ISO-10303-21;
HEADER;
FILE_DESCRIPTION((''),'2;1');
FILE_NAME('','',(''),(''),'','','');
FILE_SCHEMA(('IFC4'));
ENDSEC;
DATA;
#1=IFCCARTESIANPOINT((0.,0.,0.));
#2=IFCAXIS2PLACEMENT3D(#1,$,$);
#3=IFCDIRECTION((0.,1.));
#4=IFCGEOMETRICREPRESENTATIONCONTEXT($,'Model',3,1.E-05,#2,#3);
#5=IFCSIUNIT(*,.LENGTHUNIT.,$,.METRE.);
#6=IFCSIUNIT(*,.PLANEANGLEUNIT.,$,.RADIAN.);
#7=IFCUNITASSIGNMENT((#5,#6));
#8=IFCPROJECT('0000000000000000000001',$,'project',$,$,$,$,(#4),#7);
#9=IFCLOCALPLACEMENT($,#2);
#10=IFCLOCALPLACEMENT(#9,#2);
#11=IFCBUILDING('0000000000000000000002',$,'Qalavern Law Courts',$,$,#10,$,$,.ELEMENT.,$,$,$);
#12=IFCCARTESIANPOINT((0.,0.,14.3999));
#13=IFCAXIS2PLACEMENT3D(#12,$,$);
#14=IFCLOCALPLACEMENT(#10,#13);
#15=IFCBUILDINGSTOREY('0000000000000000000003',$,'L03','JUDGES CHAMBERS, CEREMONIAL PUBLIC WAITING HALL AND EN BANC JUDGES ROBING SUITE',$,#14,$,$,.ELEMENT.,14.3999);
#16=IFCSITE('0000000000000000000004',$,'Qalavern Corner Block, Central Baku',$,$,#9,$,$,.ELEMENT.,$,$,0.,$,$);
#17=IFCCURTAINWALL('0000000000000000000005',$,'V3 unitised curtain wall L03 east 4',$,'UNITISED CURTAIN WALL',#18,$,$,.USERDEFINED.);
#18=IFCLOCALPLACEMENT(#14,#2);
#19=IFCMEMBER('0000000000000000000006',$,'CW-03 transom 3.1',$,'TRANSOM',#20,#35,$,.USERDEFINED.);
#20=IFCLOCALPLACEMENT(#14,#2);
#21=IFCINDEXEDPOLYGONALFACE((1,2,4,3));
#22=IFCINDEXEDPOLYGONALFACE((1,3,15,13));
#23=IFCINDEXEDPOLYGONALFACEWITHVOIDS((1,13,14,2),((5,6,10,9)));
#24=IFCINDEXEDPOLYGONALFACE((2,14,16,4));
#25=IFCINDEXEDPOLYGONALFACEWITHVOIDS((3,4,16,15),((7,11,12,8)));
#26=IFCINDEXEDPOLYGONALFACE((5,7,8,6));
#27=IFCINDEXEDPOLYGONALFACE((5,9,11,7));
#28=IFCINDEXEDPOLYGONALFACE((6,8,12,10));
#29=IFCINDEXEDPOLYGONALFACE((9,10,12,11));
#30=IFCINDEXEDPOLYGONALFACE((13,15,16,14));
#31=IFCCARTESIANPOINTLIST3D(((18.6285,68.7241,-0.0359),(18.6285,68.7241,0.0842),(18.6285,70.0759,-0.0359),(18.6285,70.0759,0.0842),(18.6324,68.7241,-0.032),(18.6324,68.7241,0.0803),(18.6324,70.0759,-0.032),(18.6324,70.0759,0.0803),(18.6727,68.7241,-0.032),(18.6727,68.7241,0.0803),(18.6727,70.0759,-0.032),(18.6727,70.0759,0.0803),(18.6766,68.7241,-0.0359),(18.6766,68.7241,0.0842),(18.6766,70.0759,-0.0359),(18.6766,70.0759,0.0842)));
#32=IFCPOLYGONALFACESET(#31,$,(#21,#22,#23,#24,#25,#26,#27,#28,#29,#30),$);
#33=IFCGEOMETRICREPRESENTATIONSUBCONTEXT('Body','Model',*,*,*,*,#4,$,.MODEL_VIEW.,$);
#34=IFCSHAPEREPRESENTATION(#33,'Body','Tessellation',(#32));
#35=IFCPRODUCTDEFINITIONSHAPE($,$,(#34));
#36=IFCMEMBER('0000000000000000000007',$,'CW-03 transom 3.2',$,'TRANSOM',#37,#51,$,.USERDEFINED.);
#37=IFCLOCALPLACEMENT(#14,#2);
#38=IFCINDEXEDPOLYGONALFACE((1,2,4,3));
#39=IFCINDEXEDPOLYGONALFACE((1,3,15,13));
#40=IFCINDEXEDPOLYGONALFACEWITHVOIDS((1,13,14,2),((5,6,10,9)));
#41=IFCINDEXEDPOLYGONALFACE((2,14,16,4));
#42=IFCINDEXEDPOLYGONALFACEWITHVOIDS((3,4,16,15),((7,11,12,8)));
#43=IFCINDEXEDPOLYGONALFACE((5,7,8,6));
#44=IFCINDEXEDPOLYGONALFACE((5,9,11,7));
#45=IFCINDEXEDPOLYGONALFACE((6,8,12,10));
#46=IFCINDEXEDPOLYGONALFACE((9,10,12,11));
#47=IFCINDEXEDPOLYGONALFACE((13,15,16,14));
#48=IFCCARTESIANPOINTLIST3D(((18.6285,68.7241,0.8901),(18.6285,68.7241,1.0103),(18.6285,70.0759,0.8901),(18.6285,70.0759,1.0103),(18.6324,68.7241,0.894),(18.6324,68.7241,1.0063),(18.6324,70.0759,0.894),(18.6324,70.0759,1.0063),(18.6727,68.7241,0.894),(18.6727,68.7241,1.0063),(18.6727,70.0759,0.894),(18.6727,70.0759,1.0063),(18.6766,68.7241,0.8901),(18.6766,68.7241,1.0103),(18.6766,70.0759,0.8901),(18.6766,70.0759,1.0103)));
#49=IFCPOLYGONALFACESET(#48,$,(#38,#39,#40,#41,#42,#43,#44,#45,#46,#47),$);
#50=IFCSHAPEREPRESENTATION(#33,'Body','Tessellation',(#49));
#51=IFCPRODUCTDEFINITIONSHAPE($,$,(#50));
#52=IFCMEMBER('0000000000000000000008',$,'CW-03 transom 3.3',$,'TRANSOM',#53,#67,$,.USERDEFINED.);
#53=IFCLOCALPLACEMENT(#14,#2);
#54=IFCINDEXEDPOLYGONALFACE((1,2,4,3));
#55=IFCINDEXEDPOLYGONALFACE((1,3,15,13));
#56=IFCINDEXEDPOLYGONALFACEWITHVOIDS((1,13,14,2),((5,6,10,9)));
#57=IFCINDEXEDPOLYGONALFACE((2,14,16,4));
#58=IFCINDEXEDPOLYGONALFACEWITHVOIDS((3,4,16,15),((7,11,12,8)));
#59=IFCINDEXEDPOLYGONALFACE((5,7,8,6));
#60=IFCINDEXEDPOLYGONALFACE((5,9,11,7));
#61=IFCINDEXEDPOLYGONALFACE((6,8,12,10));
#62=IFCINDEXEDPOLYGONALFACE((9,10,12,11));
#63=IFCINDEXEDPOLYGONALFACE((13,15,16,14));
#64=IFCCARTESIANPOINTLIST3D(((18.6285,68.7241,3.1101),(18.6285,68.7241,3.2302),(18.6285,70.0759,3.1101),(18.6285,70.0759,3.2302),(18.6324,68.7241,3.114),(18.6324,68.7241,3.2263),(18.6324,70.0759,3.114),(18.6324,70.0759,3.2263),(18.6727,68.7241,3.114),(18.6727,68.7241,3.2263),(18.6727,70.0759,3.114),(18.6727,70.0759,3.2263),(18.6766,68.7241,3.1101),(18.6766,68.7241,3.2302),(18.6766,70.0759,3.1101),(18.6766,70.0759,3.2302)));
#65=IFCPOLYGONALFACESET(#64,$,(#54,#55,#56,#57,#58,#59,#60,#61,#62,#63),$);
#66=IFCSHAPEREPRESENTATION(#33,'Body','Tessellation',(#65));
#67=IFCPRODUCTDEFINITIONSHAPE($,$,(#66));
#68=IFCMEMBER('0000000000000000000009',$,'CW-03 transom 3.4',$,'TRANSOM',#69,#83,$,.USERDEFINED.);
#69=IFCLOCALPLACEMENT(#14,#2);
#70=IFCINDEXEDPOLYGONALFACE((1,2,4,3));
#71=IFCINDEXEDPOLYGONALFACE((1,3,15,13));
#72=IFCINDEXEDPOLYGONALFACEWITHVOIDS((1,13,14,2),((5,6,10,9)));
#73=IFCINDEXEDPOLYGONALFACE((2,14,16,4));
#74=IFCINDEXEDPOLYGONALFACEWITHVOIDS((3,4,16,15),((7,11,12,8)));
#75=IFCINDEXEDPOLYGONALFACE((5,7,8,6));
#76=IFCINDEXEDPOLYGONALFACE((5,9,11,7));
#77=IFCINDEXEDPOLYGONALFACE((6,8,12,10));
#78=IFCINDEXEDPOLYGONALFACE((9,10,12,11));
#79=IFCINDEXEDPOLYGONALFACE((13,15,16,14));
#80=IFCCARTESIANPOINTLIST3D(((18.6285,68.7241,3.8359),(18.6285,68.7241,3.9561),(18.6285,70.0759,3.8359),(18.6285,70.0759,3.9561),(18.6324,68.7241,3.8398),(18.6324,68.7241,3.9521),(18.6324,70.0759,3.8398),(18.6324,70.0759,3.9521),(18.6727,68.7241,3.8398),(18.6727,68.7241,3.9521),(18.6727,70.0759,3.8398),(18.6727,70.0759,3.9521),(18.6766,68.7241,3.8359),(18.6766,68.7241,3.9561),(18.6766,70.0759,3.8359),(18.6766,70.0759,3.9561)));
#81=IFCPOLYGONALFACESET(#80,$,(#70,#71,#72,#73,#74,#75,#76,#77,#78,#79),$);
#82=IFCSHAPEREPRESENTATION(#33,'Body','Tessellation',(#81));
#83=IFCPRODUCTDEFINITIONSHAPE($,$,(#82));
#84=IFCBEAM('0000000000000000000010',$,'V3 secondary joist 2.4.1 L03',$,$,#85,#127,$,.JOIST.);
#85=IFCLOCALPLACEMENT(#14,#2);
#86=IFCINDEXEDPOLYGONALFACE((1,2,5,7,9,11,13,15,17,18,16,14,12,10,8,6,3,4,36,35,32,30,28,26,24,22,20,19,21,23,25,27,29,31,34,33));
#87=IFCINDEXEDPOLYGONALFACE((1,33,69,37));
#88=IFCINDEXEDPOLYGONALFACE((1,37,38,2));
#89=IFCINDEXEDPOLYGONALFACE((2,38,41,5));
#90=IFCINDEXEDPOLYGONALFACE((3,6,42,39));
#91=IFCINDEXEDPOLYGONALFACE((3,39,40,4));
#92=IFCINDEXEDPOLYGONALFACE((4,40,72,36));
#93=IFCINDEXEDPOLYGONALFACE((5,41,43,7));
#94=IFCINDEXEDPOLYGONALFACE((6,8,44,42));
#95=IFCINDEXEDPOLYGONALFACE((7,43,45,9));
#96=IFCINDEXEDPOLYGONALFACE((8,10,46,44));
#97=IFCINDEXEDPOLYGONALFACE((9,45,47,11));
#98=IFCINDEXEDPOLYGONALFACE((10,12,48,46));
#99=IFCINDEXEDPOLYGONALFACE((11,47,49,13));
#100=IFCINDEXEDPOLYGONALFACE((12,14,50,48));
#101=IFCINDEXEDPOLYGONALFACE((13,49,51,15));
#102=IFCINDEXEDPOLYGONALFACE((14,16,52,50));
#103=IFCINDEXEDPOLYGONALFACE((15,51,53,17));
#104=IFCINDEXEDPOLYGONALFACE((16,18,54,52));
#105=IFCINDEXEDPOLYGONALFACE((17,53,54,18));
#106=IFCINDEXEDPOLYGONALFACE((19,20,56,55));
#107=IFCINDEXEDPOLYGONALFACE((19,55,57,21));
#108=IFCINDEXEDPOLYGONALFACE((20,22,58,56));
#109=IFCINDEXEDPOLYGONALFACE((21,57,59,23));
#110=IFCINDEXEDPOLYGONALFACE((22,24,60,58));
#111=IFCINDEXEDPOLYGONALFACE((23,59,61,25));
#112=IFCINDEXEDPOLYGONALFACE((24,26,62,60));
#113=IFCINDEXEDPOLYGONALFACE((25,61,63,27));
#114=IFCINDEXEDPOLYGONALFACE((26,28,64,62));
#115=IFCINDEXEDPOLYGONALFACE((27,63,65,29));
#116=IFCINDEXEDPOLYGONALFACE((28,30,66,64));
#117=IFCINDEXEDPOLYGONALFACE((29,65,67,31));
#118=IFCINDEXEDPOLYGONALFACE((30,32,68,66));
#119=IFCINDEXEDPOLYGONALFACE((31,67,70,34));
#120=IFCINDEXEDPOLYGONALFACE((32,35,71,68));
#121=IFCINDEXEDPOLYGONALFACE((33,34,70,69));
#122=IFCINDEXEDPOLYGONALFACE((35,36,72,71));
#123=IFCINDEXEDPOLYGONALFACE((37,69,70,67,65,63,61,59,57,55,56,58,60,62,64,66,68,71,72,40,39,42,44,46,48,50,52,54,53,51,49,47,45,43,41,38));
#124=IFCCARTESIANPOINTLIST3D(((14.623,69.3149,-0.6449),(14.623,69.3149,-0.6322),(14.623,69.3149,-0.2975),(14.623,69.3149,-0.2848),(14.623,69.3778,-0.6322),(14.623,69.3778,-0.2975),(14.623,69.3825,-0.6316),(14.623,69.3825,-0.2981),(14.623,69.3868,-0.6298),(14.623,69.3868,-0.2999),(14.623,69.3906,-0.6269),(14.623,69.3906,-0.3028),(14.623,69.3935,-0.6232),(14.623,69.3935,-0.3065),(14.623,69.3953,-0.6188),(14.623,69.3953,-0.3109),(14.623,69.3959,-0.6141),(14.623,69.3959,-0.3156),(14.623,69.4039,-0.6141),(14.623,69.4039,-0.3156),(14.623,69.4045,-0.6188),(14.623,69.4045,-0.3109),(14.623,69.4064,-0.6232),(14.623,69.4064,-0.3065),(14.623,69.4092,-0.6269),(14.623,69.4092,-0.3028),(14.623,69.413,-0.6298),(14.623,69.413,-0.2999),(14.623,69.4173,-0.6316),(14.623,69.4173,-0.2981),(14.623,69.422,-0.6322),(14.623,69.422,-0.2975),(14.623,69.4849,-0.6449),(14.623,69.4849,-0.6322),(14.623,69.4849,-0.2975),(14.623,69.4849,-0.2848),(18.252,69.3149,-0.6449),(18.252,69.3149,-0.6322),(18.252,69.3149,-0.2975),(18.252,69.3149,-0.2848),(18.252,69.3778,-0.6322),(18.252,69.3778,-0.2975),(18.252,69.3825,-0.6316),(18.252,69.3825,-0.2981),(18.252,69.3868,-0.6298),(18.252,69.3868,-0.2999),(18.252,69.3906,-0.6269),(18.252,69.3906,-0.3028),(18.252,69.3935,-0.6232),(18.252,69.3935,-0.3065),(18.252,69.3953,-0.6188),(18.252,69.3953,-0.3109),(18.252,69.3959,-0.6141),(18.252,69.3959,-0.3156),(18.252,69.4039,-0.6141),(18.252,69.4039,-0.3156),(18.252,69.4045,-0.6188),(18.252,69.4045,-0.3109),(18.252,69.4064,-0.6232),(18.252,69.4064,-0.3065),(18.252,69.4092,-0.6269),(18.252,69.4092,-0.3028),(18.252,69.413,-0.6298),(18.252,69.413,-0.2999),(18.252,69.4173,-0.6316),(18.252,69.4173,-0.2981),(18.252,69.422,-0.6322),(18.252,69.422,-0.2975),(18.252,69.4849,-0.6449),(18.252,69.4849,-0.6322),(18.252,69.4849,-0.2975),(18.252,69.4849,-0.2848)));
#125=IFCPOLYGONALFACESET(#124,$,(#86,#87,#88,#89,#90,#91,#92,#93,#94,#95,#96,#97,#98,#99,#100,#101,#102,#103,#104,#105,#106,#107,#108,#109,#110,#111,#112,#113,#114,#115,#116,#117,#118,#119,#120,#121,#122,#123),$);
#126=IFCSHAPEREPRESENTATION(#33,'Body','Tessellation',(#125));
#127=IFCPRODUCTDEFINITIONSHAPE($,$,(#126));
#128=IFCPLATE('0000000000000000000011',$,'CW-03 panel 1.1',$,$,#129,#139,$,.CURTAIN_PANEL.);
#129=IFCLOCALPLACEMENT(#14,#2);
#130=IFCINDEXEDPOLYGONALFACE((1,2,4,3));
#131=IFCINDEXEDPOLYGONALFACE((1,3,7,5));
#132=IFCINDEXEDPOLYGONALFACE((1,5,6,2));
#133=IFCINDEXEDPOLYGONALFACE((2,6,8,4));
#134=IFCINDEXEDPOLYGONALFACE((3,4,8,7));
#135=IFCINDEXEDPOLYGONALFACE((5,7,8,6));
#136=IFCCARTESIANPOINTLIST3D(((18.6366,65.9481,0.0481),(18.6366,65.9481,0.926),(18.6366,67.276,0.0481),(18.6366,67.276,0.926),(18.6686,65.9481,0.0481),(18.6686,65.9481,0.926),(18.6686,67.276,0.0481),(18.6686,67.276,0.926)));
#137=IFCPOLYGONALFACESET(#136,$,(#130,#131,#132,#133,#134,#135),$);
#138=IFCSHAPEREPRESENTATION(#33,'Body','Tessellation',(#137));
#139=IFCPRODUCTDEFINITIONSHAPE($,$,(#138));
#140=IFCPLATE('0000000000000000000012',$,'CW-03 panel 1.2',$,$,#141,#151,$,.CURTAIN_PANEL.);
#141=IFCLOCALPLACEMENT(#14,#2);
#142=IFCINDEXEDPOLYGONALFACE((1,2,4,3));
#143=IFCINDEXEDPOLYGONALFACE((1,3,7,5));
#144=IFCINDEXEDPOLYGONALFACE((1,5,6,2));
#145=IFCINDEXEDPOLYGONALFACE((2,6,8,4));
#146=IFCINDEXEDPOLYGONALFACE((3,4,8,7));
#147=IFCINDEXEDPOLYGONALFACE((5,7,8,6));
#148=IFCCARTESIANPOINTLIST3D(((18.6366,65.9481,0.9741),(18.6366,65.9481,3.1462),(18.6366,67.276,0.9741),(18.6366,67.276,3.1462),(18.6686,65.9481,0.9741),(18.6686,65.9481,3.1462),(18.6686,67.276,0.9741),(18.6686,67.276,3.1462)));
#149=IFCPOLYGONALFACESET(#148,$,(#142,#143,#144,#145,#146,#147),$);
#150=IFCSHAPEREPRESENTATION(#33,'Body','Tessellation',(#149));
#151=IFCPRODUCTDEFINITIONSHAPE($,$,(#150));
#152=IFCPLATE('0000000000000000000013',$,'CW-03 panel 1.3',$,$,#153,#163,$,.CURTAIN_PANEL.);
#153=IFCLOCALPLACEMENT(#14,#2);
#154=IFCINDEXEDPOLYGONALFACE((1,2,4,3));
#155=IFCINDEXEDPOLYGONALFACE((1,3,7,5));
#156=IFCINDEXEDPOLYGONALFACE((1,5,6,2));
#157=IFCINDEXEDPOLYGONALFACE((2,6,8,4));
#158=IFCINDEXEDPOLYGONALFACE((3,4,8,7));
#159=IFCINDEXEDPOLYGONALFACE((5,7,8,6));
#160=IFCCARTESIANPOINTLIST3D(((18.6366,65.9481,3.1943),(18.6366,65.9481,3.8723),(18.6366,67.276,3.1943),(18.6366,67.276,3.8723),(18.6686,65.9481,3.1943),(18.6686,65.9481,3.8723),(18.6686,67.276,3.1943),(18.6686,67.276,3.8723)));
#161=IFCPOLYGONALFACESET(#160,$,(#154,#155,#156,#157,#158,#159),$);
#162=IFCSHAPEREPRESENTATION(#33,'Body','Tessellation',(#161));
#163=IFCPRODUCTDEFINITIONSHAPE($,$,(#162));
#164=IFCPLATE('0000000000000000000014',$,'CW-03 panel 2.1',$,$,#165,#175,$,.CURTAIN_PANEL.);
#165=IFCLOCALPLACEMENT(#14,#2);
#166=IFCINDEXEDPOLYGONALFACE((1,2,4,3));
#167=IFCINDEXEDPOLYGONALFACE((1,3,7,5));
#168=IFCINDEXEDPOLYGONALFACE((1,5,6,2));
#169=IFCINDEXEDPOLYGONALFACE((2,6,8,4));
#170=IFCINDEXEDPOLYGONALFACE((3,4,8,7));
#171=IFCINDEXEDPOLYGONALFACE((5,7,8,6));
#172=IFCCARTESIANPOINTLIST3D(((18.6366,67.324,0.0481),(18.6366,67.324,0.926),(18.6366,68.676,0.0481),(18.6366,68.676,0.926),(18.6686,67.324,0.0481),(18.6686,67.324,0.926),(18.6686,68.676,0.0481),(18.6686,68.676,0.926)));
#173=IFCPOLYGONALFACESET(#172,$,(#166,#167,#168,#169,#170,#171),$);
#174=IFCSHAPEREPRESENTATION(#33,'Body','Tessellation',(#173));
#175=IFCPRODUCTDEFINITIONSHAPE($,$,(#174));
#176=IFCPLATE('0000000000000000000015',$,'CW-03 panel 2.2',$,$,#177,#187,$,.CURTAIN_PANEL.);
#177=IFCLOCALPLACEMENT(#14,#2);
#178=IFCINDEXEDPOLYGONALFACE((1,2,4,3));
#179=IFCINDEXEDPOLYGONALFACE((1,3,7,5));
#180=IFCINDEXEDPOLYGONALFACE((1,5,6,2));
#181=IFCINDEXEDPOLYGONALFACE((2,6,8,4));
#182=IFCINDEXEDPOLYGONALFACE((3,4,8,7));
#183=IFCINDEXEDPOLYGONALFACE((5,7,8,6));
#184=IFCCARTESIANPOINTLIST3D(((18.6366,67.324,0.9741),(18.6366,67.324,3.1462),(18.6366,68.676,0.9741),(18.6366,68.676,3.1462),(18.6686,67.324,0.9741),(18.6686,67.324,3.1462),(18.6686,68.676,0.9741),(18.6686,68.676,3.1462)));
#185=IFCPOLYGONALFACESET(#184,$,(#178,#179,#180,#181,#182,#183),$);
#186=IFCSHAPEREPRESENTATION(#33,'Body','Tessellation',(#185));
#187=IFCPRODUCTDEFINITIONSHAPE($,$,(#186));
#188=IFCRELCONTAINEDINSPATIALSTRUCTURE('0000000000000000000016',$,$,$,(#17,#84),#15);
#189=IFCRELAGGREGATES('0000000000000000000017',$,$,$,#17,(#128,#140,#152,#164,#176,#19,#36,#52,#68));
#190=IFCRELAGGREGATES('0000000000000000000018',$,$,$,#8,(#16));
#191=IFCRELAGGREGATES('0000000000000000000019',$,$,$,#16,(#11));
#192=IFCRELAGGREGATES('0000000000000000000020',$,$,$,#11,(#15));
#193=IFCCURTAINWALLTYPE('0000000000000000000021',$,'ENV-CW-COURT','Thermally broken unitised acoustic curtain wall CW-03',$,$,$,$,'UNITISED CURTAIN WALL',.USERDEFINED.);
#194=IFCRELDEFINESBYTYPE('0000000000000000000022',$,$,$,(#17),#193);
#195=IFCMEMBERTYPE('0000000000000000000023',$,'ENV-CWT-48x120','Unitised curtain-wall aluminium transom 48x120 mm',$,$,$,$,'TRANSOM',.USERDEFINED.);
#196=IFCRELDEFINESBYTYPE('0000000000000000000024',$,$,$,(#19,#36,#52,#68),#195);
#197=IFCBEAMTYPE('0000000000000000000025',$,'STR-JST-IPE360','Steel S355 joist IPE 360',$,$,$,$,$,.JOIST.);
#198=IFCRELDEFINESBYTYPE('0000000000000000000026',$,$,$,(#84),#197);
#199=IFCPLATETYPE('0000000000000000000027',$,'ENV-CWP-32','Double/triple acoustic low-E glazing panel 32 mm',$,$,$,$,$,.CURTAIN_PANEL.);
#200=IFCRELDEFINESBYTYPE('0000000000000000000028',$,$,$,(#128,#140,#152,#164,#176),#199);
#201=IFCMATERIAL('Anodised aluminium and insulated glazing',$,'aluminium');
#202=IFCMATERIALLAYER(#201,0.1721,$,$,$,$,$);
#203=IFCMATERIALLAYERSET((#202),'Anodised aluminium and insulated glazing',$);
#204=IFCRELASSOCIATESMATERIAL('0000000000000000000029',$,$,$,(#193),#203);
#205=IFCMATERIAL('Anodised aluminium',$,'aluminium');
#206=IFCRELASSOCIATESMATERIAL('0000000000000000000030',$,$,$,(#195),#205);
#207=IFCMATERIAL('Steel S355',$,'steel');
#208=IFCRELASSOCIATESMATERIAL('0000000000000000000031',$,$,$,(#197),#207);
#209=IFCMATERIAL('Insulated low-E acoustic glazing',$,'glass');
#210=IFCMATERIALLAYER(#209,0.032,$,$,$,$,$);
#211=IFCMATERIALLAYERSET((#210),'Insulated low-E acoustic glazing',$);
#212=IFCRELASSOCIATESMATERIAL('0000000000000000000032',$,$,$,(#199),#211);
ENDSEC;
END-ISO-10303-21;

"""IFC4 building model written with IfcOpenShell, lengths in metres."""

from ifc_helpers import new_model, si_unit, direction, frame, origin, origin_2d, place, context, subcontext, project, spatial, rectangle, hollow_rectangle, i_section, extrude, material, layer, layer_set, material_profile, profile_set, type_object, element, aggregate, save


model = new_model("IFC4")

# Units and contexts
model_context = context("Model", 3, precision=1e-05, world=origin(), true_north=direction((0.0, 1.0)))
body_context = subcontext(model_context, "Body", "Model", "MODEL_VIEW")
ifc_project = project(units=[si_unit("LENGTHUNIT", "METRE"), si_unit("PLANEANGLEUNIT", "RADIAN")], contexts=[model_context])

# Site, building, storey
site_placement = place(None, origin())
site = spatial("IfcSite", under=ifc_project, at=site_placement, Name="Qalavern Corner Block, Central Baku", CompositionType="ELEMENT", RefElevation=0.0)
building_placement = place(site_placement, origin())
building = spatial("IfcBuilding", under=site, at=building_placement, Name="Qalavern Law Courts", CompositionType="ELEMENT")
storey_placement = place(building_placement, frame((0.0, 0.0, 14.3999)))
storey = spatial("IfcBuildingStorey", under=building, at=storey_placement, Name="L03", Description="JUDGES CHAMBERS, CEREMONIAL PUBLIC WAITING HALL AND EN BANC JUDGES ROBING SUITE", CompositionType="ELEMENT", Elevation=14.3999)

# Curtain wall, members
ifc_material_1 = material(Name="Anodised aluminium and insulated glazing", Category="aluminium")
ifc_layer_1 = layer(ifc_material_1, 0.1721)
ifc_layer_set_1 = layer_set([ifc_layer_1], Name="Anodised aluminium and insulated glazing")
curtain_wall_type = type_object("IfcCurtainWallType", Name="ENV-CW-COURT", Description="Thermally broken unitised acoustic curtain wall CW-03", ElementType="UNITISED CURTAIN WALL", PredefinedType="USERDEFINED", material=ifc_layer_set_1)
curtain_wall_placement = place(storey_placement, origin())
curtain_wall = element("IfcCurtainWall", 1, at=curtain_wall_placement, inside=storey, type_object=curtain_wall_type, Name="V3 unitised curtain wall L03 east 4", ObjectType="UNITISED CURTAIN WALL", PredefinedType="USERDEFINED")
ifc_material_2 = material(Name="Anodised aluminium", Category="aluminium")
ifc_material_profile_1 = material_profile(ifc_material_2, hollow_rectangle(XDim=0.0481, YDim=0.1201, WallThickness=0.0039, at=origin_2d()), Name="ALU TRANSOM 48x120")
ifc_profile_set_1 = profile_set([ifc_material_profile_1], Name="Anodised aluminium")
member_type_1 = type_object("IfcMemberType", Name="ENV-CWT-48x120", Description="Unitised curtain-wall aluminium transom 48x120 mm", ElementType="TRANSOM", PredefinedType="USERDEFINED", material=ifc_profile_set_1)
member_1_placement = place(storey_placement, frame((18.6526, 68.7241, 0.0242), z_axis=(0.0, 1.0, 0.0), x_axis=(-1.0, 0.0, 0.0)))
member_1 = element("IfcMember", 2, at=member_1_placement, type_object=member_type_1, Name="CW-03 transom 3.1", ObjectType="TRANSOM", PredefinedType="USERDEFINED", context=body_context, shape_type="SweptSolid", body=[
    extrude(hollow_rectangle(XDim=0.0481, YDim=0.1201, WallThickness=0.0039, at=origin_2d()), origin(), (0.0, 0.0, 1.0), 1.3518),
])
member_2_placement = place(storey_placement, frame((18.6526, 68.7241, 0.9502), z_axis=(0.0, 1.0, 0.0), x_axis=(-1.0, 0.0, 0.0)))
member_2 = element("IfcMember", 3, at=member_2_placement, type_object=member_type_1, Name="CW-03 transom 3.2", ObjectType="TRANSOM", PredefinedType="USERDEFINED", context=body_context, shape_type="SweptSolid", body=[
    extrude(hollow_rectangle(XDim=0.0481, YDim=0.1201, WallThickness=0.0039, at=origin_2d()), origin(), (0.0, 0.0, 1.0), 1.3518),
])
member_3_placement = place(storey_placement, frame((18.6526, 68.7241, 3.1702), z_axis=(0.0, 1.0, 0.0), x_axis=(-1.0, 0.0, 0.0)))
member_3 = element("IfcMember", 4, at=member_3_placement, type_object=member_type_1, Name="CW-03 transom 3.3", ObjectType="TRANSOM", PredefinedType="USERDEFINED", context=body_context, shape_type="SweptSolid", body=[
    extrude(hollow_rectangle(XDim=0.0481, YDim=0.1201, WallThickness=0.0039, at=origin_2d()), origin(), (0.0, 0.0, 1.0), 1.3518),
])
member_4_placement = place(storey_placement, frame((18.6526, 68.7241, 3.896), z_axis=(0.0, 1.0, 0.0), x_axis=(-1.0, 0.0, 0.0)))
member_4 = element("IfcMember", 5, at=member_4_placement, type_object=member_type_1, Name="CW-03 transom 3.4", ObjectType="TRANSOM", PredefinedType="USERDEFINED", context=body_context, shape_type="SweptSolid", body=[
    extrude(hollow_rectangle(XDim=0.0481, YDim=0.1201, WallThickness=0.0039, at=origin_2d()), origin(), (0.0, 0.0, 1.0), 1.3518),
])

# Beam
ifc_material_3 = material(Name="Steel S355", Category="steel")
ifc_material_profile_2 = material_profile(ifc_material_3, i_section(OverallWidth=0.1699, OverallDepth=0.3601, WebThickness=0.0081, FlangeThickness=0.0127, FilletRadius=0.0181, at=origin_2d()), Name="IPE 360")
ifc_profile_set_2 = profile_set([ifc_material_profile_2], Name="Steel S355")
beam_type = type_object("IfcBeamType", Name="STR-JST-IPE360", Description="Steel S355 joist IPE 360", PredefinedType="JOIST", material=ifc_profile_set_2)
beam_placement = place(storey_placement, frame((14.623, 69.3999, -0.4648), z_axis=(1.0, 0.0, 0.0), x_axis=(0.0, 1.0, 0.0)))
element("IfcBeam", 6, at=beam_placement, inside=storey, type_object=beam_type, Name="V3 secondary joist 2.4.1 L03", PredefinedType="JOIST", context=body_context, shape_type="SweptSolid", body=[
    extrude(i_section(OverallWidth=0.1699, OverallDepth=0.3601, WebThickness=0.0081, FlangeThickness=0.0127, FilletRadius=0.0181, at=origin_2d()), origin(), (0.0, 0.0, 1.0), 3.6289),
])

# Plates
ifc_material_4 = material(Name="Insulated low-E acoustic glazing", Category="glass")
ifc_layer_2 = layer(ifc_material_4, 0.032)
ifc_layer_set_2 = layer_set([ifc_layer_2], Name="Insulated low-E acoustic glazing")
plate_type = type_object("IfcPlateType", Name="ENV-CWP-32", Description="Double/triple acoustic low-E glazing panel 32 mm", PredefinedType="CURTAIN_PANEL", material=ifc_layer_set_2)
plate_1_placement = place(storey_placement, frame((18.6526, 66.6121, 0.0481), z_axis=(0.0, 0.0, 1.0), x_axis=(0.0, 1.0, 0.0)))
plate_1 = element("IfcPlate", 7, at=plate_1_placement, type_object=plate_type, Name="CW-03 panel 1.1", PredefinedType="CURTAIN_PANEL", context=body_context, shape_type="SweptSolid", body=[
    extrude(rectangle(XDim=1.3279, YDim=0.032, at=origin_2d()), origin(), (0.0, 0.0, 1.0), 0.8779),
])
plate_2_placement = place(storey_placement, frame((18.6526, 66.6121, 0.9741), z_axis=(0.0, 0.0, 1.0), x_axis=(0.0, 1.0, 0.0)))
plate_2 = element("IfcPlate", 8, at=plate_2_placement, type_object=plate_type, Name="CW-03 panel 1.2", PredefinedType="CURTAIN_PANEL", context=body_context, shape_type="SweptSolid", body=[
    extrude(rectangle(XDim=1.3279, YDim=0.032, at=origin_2d()), origin(), (0.0, 0.0, 1.0), 2.1721),
])
plate_3_placement = place(storey_placement, frame((18.6526, 66.6121, 3.1943), z_axis=(0.0, 0.0, 1.0), x_axis=(0.0, 1.0, 0.0)))
plate_3 = element("IfcPlate", 9, at=plate_3_placement, type_object=plate_type, Name="CW-03 panel 1.3", PredefinedType="CURTAIN_PANEL", context=body_context, shape_type="SweptSolid", body=[
    extrude(rectangle(XDim=1.3279, YDim=0.032, at=origin_2d()), origin(), (0.0, 0.0, 1.0), 0.678),
])
plate_4_placement = place(storey_placement, frame((18.6526, 68.0, 0.0481), z_axis=(0.0, 0.0, 1.0), x_axis=(0.0, 1.0, 0.0)))
plate_4 = element("IfcPlate", 10, at=plate_4_placement, type_object=plate_type, Name="CW-03 panel 2.1", PredefinedType="CURTAIN_PANEL", context=body_context, shape_type="SweptSolid", body=[
    extrude(rectangle(XDim=1.3521, YDim=0.032, at=origin_2d()), origin(), (0.0, 0.0, 1.0), 0.8779),
])
plate_5_placement = place(storey_placement, frame((18.6526, 68.0, 0.9741), z_axis=(0.0, 0.0, 1.0), x_axis=(0.0, 1.0, 0.0)))
plate_5 = element("IfcPlate", 11, at=plate_5_placement, type_object=plate_type, Name="CW-03 panel 2.2", PredefinedType="CURTAIN_PANEL", context=body_context, shape_type="SweptSolid", body=[
    extrude(rectangle(XDim=1.3521, YDim=0.032, at=origin_2d()), origin(), (0.0, 0.0, 1.0), 2.1721),
])
aggregate(curtain_wall, [plate_1, plate_2, plate_3, plate_4, plate_5, member_1, member_2, member_3, member_4])

save(model, "model.ifc")
